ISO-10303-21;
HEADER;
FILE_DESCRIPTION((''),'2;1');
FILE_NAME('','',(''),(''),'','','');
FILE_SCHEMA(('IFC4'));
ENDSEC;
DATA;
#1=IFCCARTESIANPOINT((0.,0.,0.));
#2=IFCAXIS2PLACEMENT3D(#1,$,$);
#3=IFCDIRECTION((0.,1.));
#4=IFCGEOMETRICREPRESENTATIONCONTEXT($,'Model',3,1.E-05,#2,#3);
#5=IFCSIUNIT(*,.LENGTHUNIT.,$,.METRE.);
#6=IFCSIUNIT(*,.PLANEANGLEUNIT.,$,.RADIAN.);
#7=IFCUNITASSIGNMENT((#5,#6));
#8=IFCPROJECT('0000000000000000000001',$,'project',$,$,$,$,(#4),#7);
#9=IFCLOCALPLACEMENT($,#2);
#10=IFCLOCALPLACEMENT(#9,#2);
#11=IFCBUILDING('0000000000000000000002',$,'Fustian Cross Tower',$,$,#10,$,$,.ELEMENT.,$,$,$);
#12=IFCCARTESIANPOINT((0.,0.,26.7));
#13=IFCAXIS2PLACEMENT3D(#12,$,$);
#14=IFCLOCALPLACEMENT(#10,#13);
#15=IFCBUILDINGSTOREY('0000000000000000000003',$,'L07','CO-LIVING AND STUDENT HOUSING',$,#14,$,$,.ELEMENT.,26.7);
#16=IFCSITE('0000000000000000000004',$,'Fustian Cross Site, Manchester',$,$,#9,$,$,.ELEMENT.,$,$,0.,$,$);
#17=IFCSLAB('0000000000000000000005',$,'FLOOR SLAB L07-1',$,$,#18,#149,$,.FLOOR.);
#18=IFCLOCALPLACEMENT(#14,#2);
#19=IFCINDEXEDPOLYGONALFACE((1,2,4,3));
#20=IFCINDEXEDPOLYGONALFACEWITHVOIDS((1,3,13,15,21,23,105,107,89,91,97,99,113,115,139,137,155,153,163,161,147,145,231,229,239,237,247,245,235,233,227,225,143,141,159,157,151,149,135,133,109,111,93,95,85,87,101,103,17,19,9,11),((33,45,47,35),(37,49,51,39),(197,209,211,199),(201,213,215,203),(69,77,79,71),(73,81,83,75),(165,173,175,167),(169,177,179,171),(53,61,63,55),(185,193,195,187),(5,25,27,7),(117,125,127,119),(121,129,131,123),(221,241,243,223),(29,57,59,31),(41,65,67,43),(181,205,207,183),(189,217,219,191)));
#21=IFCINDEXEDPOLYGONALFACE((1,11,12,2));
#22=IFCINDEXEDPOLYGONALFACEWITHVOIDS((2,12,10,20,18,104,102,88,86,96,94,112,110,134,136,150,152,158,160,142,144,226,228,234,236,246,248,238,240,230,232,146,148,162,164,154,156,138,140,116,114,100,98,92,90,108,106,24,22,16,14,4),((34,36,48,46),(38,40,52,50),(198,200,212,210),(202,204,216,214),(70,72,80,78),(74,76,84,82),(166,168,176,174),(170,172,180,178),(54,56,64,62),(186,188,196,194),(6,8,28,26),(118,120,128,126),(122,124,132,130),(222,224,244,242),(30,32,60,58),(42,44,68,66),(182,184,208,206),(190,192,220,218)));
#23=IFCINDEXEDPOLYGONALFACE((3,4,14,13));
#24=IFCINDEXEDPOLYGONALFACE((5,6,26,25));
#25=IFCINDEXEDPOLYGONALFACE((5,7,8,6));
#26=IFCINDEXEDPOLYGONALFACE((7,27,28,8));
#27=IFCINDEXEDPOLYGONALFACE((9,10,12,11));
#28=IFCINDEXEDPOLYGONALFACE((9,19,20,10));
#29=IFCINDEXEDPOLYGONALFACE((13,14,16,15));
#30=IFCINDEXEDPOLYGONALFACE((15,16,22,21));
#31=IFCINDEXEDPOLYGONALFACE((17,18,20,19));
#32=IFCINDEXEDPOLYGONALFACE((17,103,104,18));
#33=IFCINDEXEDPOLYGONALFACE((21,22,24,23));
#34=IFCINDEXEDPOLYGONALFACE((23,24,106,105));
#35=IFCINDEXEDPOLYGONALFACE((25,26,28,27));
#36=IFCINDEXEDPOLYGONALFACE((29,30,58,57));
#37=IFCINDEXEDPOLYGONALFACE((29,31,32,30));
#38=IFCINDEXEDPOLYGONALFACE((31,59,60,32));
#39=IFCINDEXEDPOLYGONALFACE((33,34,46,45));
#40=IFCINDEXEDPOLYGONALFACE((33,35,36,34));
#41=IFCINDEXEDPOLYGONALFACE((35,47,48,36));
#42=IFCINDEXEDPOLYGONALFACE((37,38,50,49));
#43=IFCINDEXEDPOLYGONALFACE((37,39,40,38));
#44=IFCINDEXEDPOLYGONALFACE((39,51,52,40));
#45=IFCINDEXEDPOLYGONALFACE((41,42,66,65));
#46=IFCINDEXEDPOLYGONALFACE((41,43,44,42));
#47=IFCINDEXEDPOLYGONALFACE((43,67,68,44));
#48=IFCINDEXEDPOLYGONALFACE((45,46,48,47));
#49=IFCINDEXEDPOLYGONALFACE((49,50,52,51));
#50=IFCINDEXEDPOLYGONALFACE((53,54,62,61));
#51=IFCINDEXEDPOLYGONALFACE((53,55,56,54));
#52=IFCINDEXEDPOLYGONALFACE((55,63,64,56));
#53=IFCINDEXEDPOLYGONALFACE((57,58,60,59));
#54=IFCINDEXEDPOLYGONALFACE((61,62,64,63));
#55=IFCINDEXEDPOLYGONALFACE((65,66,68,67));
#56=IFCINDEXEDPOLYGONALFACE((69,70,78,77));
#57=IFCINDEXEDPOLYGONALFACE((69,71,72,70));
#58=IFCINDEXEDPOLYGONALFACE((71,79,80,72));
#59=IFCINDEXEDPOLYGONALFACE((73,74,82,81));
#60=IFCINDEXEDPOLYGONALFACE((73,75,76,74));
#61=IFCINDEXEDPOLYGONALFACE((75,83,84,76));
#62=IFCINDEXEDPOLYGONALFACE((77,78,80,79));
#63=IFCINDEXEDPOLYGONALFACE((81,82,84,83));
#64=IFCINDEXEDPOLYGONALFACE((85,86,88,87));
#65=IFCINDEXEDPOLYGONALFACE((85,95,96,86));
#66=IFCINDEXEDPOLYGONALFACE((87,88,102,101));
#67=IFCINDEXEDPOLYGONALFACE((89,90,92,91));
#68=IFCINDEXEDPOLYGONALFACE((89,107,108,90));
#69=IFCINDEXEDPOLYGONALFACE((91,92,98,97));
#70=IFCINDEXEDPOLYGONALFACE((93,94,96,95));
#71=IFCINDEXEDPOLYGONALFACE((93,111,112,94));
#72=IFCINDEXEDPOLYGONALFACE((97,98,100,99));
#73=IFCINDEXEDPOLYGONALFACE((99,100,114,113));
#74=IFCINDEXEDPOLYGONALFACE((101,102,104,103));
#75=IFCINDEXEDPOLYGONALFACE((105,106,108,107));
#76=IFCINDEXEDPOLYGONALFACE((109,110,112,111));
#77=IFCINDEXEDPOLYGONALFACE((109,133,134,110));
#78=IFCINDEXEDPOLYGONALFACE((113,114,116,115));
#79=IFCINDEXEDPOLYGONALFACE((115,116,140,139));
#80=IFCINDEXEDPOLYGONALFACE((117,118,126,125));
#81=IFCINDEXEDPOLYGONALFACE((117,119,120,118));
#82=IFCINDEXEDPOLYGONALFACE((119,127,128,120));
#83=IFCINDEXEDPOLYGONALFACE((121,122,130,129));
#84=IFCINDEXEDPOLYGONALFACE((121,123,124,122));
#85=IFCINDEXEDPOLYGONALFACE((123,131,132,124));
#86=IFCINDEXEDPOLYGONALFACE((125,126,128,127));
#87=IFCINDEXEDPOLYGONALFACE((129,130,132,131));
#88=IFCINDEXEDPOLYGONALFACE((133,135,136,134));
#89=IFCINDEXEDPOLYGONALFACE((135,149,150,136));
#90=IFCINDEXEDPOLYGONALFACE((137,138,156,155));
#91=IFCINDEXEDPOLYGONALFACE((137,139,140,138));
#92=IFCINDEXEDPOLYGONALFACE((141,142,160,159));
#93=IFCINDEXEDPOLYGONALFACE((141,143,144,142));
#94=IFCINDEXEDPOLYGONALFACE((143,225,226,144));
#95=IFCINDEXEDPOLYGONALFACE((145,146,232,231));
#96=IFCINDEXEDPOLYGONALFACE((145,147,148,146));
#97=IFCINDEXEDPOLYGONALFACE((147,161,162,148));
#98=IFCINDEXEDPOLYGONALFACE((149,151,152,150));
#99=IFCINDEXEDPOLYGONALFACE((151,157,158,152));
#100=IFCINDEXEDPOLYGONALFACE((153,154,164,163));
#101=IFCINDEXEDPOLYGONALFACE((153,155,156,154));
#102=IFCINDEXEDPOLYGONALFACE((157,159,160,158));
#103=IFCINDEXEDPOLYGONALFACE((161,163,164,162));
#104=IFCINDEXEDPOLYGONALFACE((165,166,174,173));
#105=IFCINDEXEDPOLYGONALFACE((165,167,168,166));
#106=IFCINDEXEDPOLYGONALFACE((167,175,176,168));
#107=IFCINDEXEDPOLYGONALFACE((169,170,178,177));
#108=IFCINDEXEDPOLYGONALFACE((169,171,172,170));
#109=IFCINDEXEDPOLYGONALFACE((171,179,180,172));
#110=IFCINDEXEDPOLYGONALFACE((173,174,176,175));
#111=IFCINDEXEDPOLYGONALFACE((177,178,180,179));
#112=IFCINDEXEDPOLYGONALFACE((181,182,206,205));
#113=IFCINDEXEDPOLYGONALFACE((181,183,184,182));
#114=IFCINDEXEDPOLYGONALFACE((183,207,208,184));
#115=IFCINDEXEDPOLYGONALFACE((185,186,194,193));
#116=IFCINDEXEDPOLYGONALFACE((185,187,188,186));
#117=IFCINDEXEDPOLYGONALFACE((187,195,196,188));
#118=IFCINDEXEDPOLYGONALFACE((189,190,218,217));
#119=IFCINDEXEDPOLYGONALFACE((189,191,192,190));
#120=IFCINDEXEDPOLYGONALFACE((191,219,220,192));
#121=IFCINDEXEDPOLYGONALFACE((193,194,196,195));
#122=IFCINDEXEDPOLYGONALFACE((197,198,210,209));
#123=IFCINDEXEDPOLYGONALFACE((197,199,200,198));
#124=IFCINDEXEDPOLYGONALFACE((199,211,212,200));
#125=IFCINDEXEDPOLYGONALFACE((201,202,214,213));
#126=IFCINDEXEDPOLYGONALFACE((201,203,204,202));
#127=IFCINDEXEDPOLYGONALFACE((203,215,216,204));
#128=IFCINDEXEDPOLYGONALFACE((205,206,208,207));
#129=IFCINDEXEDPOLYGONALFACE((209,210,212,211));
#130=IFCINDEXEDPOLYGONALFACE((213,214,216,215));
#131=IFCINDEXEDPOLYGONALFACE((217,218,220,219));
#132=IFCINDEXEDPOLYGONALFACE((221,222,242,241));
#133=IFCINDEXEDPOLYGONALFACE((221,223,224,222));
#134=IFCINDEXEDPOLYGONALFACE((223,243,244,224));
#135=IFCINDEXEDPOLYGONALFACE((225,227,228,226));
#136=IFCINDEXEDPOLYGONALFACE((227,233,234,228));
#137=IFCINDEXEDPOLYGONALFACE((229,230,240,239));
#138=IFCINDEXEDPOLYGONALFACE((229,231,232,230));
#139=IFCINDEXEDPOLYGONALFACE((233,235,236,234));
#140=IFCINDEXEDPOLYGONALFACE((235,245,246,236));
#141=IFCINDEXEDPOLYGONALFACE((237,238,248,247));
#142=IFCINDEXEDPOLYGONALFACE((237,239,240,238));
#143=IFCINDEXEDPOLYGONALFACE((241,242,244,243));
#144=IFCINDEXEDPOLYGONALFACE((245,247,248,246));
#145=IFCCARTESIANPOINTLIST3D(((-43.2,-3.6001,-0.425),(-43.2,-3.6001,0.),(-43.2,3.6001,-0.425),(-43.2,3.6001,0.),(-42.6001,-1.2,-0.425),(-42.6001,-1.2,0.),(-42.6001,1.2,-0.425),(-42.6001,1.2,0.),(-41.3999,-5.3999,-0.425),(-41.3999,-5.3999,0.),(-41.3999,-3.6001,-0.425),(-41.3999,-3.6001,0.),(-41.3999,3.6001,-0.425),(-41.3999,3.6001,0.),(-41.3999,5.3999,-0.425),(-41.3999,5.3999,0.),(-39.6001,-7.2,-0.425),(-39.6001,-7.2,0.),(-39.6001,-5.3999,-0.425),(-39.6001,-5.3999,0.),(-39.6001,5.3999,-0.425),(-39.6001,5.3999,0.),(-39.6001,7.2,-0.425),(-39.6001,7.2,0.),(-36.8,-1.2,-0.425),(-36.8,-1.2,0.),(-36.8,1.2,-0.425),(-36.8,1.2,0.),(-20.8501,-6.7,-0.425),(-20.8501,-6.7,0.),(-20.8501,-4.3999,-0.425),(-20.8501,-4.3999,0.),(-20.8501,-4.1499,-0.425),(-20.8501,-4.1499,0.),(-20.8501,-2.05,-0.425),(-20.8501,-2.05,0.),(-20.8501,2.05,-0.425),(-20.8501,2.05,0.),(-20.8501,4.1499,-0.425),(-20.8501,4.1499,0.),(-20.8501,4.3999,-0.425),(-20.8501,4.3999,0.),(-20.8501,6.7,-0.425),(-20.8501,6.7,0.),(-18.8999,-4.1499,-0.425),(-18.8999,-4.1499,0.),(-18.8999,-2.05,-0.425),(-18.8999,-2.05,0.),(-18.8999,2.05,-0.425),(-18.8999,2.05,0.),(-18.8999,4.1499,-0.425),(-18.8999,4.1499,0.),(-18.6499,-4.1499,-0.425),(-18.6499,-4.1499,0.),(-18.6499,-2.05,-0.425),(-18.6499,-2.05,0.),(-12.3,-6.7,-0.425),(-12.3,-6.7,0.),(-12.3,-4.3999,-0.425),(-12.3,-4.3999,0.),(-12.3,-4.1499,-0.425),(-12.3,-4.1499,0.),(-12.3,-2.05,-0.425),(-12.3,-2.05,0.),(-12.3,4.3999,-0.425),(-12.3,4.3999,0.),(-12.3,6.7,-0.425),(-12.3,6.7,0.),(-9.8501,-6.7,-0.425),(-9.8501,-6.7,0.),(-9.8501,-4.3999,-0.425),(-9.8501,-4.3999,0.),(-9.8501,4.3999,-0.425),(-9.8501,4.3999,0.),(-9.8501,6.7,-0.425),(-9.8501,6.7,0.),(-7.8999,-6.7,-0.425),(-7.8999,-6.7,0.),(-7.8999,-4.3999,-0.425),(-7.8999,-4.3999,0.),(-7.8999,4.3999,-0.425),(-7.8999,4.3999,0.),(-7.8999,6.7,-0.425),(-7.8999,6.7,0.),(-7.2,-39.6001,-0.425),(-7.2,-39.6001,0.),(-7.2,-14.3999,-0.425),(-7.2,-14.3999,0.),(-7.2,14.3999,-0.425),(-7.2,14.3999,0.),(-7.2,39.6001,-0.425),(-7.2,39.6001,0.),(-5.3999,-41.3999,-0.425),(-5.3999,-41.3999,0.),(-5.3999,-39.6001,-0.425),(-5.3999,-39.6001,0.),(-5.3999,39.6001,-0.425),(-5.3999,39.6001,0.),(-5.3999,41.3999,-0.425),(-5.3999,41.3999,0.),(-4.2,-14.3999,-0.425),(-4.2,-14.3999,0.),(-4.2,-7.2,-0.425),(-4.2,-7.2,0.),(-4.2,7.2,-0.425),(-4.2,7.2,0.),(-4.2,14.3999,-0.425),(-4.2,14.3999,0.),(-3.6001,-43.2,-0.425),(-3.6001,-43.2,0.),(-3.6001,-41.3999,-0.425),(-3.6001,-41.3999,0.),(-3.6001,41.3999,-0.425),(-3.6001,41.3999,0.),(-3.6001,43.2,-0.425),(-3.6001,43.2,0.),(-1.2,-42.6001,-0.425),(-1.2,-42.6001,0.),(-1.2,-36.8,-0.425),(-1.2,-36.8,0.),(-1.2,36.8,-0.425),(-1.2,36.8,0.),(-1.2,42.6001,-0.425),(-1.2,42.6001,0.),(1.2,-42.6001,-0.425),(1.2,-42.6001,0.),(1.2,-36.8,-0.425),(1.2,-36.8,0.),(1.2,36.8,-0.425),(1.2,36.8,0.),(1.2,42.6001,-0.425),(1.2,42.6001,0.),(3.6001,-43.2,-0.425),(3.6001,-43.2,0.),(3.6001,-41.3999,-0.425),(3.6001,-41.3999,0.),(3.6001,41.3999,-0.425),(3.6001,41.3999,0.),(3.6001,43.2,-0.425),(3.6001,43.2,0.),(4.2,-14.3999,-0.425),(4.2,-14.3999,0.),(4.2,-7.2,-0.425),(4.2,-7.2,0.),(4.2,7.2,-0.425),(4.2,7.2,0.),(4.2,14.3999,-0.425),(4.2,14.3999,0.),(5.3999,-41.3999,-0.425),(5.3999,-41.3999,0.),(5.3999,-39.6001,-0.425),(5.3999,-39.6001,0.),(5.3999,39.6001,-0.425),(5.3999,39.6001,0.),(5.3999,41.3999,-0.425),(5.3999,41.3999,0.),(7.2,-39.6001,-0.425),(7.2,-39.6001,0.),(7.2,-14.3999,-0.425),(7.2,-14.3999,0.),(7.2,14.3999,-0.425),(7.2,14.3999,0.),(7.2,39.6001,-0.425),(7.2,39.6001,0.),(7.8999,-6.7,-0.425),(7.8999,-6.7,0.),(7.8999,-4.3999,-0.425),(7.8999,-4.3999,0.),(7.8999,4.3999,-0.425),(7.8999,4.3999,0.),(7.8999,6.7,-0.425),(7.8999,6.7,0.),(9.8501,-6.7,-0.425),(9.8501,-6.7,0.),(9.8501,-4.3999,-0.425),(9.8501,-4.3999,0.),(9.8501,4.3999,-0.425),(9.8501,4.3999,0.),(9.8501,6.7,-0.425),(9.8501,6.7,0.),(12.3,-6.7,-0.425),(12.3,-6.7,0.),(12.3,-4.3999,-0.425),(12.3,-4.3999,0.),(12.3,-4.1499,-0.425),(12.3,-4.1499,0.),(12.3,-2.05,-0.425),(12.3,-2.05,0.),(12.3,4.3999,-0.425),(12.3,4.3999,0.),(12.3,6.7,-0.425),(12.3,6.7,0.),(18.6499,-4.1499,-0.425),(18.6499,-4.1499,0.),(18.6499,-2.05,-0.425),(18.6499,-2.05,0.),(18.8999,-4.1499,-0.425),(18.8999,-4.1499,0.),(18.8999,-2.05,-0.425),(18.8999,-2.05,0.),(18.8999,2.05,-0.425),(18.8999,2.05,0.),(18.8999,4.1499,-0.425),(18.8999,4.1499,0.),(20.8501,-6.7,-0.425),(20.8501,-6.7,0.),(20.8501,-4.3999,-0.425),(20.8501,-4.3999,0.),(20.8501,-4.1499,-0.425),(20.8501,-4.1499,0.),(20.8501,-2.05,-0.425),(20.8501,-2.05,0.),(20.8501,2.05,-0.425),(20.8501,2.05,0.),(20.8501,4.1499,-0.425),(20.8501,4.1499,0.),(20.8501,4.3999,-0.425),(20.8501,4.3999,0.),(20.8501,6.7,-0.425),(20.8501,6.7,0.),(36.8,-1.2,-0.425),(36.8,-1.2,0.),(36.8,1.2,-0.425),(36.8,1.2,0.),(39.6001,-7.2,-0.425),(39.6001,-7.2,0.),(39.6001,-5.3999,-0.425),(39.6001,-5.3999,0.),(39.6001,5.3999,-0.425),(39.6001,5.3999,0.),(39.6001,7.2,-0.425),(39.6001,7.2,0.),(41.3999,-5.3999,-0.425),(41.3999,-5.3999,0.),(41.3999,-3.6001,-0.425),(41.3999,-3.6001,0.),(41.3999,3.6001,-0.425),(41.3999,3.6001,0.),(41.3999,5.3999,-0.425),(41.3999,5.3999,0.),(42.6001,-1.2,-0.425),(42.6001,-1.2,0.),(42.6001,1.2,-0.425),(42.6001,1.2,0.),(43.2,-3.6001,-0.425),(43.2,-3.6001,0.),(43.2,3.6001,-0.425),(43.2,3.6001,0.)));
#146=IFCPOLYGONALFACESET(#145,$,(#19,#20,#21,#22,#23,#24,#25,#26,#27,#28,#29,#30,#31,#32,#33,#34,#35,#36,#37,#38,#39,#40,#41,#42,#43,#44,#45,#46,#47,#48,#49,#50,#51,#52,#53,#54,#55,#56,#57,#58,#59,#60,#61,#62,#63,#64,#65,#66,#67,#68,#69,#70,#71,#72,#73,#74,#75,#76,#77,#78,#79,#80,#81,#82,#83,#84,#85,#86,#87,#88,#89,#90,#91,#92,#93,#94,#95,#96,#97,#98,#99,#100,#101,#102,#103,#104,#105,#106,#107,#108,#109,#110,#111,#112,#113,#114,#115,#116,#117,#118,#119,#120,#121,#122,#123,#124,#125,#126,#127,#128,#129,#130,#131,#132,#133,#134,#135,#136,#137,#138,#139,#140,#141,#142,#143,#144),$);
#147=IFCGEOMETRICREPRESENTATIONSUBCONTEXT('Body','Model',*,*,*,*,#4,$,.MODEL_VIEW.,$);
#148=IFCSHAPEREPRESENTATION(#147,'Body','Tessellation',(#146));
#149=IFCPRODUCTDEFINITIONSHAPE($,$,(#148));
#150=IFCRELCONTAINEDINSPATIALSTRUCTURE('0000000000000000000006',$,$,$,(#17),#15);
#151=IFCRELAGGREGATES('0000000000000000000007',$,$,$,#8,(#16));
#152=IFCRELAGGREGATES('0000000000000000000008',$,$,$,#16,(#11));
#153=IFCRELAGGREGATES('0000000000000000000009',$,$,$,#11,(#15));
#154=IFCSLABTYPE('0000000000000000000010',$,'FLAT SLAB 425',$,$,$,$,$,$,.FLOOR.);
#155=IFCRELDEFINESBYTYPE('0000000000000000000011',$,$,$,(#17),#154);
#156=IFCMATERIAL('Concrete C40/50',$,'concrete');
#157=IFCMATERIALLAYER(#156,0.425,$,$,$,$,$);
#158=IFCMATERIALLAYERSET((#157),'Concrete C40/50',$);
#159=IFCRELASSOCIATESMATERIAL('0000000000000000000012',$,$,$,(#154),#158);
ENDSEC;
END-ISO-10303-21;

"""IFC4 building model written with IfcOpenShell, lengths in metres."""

from ifc_helpers import new_model, si_unit, direction, frame, origin, place, context, subcontext, project, spatial, polyline, outline, extrude, material, layer, layer_set, type_object, element, save


model = new_model("IFC4")

# Units and contexts
model_context = context("Model", 3, precision=1e-05, world=origin(), true_north=direction((0.0, 1.0)))
body_context = subcontext(model_context, "Body", "Model", "MODEL_VIEW")
ifc_project = project(units=[si_unit("LENGTHUNIT", "METRE"), si_unit("PLANEANGLEUNIT", "RADIAN")], contexts=[model_context])

# Site, building, storey
site_placement = place(None, origin())
site = spatial("IfcSite", under=ifc_project, at=site_placement, Name="Fustian Cross Site, Manchester", CompositionType="ELEMENT", RefElevation=0.0)
building_placement = place(site_placement, origin())
building = spatial("IfcBuilding", under=site, at=building_placement, Name="Fustian Cross Tower", CompositionType="ELEMENT")
storey_placement = place(building_placement, frame((0.0, 0.0, 26.7)))
storey = spatial("IfcBuildingStorey", under=building, at=storey_placement, Name="L07", Description="CO-LIVING AND STUDENT HOUSING", CompositionType="ELEMENT", Elevation=26.7)

# Slab
ifc_material_1 = material(Name="Concrete C40/50", Category="concrete")
ifc_layer_1 = layer(ifc_material_1, 0.425)
ifc_layer_set_1 = layer_set([ifc_layer_1], Name="Concrete C40/50")
slab_type = type_object("IfcSlabType", Name="FLAT SLAB 425", PredefinedType="FLOOR", material=ifc_layer_set_1)
slab_placement = place(storey_placement, frame((0.0, 0.0, -0.425)))
element("IfcSlab", 1, at=slab_placement, inside=storey, type_object=slab_type, Name="FLOOR SLAB L07-1", PredefinedType="FLOOR", context=body_context, shape_type="SweptSolid", body=[
    extrude(outline(polyline([(-4.2, -7.2), (-39.6001, -7.2), (-39.6001, -5.3999), (-41.3999, -5.3999), (-41.3999, -3.6001), (-43.2, -3.6001), (-43.2, 3.6001), (-41.3999, 3.6001), (-41.3999, 5.3999), (-39.6001, 5.3999), (-39.6001, 7.2), (-4.2, 7.2), (-4.2, 14.3999), (-7.2, 14.3999), (-7.2, 39.6001), (-5.3999, 39.6001), (-5.3999, 41.3999), (-3.6001, 41.3999), (-3.6001, 43.2), (3.6001, 43.2), (3.6001, 41.3999), (5.3999, 41.3999), (5.3999, 39.6001), (7.2, 39.6001), (7.2, 14.3999), (4.2, 14.3999), (4.2, 7.2), (39.6001, 7.2), (39.6001, 5.3999), (41.3999, 5.3999), (41.3999, 3.6001), (43.2, 3.6001), (43.2, -3.6001), (41.3999, -3.6001), (41.3999, -5.3999), (39.6001, -5.3999), (39.6001, -7.2), (4.2, -7.2), (4.2, -14.3999), (7.2, -14.3999), (7.2, -39.6001), (5.3999, -39.6001), (5.3999, -41.3999), (3.6001, -41.3999), (3.6001, -43.2), (-3.6001, -43.2), (-3.6001, -41.3999), (-5.3999, -41.3999), (-5.3999, -39.6001), (-7.2, -39.6001), (-7.2, -14.3999), (-4.2, -14.3999), (-4.2, -7.2)]), holes=[polyline([(18.8999, -2.05), (18.8999, -4.1499), (20.8501, -4.1499), (20.8501, -2.05), (18.8999, -2.05)]), polyline([(20.8501, 4.1499), (18.8999, 4.1499), (18.8999, 2.05), (20.8501, 2.05), (20.8501, 4.1499)]), polyline([(9.8501, 4.3999), (9.8501, 6.7), (7.8999, 6.7), (7.8999, 4.3999), (9.8501, 4.3999)]), polyline([(7.8999, -6.7), (9.8501, -6.7), (9.8501, -4.3999), (7.8999, -4.3999), (7.8999, -6.7)]), polyline([(-20.8501, -2.05), (-20.8501, -4.1499), (-18.8999, -4.1499), (-18.8999, -2.05), (-20.8501, -2.05)]), polyline([(-18.8999, 4.1499), (-20.8501, 4.1499), (-20.8501, 2.05), (-18.8999, 2.05), (-18.8999, 4.1499)]), polyline([(-7.8999, 4.3999), (-7.8999, 6.7), (-9.8501, 6.7), (-9.8501, 4.3999), (-7.8999, 4.3999)]), polyline([(-9.8501, -6.7), (-7.8999, -6.7), (-7.8999, -4.3999), (-9.8501, -4.3999), (-9.8501, -6.7)]), polyline([(12.3, -2.05), (12.3, -4.1499), (18.6499, -4.1499), (18.6499, -2.05), (12.3, -2.05)]), polyline([(-12.3, -2.05), (-18.6499, -2.05), (-18.6499, -4.1499), (-12.3, -4.1499), (-12.3, -2.05)]), polyline([(20.8501, 4.3999), (20.8501, 6.7), (12.3, 6.7), (12.3, 4.3999), (20.8501, 4.3999)]), polyline([(12.3, -6.7), (20.8501, -6.7), (20.8501, -4.3999), (12.3, -4.3999), (12.3, -6.7)]), polyline([(-20.8501, 6.7), (-20.8501, 4.3999), (-12.3, 4.3999), (-12.3, 6.7), (-20.8501, 6.7)]), polyline([(-12.3, -4.3999), (-20.8501, -4.3999), (-20.8501, -6.7), (-12.3, -6.7), (-12.3, -4.3999)]), polyline([(1.2, 36.8), (1.2, 42.6001), (-1.2, 42.6001), (-1.2, 36.8), (1.2, 36.8)]), polyline([(-1.2, -42.6001), (1.2, -42.6001), (1.2, -36.8), (-1.2, -36.8), (-1.2, -42.6001)]), polyline([(36.8, 1.2), (36.8, -1.2), (42.6001, -1.2), (42.6001, 1.2), (36.8, 1.2)]), polyline([(-36.8, 1.2), (-42.6001, 1.2), (-42.6001, -1.2), (-36.8, -1.2), (-36.8, 1.2)])]), origin(), (0.0, 0.0, 1.0), 0.425),
])

save(model, "model.ifc")
